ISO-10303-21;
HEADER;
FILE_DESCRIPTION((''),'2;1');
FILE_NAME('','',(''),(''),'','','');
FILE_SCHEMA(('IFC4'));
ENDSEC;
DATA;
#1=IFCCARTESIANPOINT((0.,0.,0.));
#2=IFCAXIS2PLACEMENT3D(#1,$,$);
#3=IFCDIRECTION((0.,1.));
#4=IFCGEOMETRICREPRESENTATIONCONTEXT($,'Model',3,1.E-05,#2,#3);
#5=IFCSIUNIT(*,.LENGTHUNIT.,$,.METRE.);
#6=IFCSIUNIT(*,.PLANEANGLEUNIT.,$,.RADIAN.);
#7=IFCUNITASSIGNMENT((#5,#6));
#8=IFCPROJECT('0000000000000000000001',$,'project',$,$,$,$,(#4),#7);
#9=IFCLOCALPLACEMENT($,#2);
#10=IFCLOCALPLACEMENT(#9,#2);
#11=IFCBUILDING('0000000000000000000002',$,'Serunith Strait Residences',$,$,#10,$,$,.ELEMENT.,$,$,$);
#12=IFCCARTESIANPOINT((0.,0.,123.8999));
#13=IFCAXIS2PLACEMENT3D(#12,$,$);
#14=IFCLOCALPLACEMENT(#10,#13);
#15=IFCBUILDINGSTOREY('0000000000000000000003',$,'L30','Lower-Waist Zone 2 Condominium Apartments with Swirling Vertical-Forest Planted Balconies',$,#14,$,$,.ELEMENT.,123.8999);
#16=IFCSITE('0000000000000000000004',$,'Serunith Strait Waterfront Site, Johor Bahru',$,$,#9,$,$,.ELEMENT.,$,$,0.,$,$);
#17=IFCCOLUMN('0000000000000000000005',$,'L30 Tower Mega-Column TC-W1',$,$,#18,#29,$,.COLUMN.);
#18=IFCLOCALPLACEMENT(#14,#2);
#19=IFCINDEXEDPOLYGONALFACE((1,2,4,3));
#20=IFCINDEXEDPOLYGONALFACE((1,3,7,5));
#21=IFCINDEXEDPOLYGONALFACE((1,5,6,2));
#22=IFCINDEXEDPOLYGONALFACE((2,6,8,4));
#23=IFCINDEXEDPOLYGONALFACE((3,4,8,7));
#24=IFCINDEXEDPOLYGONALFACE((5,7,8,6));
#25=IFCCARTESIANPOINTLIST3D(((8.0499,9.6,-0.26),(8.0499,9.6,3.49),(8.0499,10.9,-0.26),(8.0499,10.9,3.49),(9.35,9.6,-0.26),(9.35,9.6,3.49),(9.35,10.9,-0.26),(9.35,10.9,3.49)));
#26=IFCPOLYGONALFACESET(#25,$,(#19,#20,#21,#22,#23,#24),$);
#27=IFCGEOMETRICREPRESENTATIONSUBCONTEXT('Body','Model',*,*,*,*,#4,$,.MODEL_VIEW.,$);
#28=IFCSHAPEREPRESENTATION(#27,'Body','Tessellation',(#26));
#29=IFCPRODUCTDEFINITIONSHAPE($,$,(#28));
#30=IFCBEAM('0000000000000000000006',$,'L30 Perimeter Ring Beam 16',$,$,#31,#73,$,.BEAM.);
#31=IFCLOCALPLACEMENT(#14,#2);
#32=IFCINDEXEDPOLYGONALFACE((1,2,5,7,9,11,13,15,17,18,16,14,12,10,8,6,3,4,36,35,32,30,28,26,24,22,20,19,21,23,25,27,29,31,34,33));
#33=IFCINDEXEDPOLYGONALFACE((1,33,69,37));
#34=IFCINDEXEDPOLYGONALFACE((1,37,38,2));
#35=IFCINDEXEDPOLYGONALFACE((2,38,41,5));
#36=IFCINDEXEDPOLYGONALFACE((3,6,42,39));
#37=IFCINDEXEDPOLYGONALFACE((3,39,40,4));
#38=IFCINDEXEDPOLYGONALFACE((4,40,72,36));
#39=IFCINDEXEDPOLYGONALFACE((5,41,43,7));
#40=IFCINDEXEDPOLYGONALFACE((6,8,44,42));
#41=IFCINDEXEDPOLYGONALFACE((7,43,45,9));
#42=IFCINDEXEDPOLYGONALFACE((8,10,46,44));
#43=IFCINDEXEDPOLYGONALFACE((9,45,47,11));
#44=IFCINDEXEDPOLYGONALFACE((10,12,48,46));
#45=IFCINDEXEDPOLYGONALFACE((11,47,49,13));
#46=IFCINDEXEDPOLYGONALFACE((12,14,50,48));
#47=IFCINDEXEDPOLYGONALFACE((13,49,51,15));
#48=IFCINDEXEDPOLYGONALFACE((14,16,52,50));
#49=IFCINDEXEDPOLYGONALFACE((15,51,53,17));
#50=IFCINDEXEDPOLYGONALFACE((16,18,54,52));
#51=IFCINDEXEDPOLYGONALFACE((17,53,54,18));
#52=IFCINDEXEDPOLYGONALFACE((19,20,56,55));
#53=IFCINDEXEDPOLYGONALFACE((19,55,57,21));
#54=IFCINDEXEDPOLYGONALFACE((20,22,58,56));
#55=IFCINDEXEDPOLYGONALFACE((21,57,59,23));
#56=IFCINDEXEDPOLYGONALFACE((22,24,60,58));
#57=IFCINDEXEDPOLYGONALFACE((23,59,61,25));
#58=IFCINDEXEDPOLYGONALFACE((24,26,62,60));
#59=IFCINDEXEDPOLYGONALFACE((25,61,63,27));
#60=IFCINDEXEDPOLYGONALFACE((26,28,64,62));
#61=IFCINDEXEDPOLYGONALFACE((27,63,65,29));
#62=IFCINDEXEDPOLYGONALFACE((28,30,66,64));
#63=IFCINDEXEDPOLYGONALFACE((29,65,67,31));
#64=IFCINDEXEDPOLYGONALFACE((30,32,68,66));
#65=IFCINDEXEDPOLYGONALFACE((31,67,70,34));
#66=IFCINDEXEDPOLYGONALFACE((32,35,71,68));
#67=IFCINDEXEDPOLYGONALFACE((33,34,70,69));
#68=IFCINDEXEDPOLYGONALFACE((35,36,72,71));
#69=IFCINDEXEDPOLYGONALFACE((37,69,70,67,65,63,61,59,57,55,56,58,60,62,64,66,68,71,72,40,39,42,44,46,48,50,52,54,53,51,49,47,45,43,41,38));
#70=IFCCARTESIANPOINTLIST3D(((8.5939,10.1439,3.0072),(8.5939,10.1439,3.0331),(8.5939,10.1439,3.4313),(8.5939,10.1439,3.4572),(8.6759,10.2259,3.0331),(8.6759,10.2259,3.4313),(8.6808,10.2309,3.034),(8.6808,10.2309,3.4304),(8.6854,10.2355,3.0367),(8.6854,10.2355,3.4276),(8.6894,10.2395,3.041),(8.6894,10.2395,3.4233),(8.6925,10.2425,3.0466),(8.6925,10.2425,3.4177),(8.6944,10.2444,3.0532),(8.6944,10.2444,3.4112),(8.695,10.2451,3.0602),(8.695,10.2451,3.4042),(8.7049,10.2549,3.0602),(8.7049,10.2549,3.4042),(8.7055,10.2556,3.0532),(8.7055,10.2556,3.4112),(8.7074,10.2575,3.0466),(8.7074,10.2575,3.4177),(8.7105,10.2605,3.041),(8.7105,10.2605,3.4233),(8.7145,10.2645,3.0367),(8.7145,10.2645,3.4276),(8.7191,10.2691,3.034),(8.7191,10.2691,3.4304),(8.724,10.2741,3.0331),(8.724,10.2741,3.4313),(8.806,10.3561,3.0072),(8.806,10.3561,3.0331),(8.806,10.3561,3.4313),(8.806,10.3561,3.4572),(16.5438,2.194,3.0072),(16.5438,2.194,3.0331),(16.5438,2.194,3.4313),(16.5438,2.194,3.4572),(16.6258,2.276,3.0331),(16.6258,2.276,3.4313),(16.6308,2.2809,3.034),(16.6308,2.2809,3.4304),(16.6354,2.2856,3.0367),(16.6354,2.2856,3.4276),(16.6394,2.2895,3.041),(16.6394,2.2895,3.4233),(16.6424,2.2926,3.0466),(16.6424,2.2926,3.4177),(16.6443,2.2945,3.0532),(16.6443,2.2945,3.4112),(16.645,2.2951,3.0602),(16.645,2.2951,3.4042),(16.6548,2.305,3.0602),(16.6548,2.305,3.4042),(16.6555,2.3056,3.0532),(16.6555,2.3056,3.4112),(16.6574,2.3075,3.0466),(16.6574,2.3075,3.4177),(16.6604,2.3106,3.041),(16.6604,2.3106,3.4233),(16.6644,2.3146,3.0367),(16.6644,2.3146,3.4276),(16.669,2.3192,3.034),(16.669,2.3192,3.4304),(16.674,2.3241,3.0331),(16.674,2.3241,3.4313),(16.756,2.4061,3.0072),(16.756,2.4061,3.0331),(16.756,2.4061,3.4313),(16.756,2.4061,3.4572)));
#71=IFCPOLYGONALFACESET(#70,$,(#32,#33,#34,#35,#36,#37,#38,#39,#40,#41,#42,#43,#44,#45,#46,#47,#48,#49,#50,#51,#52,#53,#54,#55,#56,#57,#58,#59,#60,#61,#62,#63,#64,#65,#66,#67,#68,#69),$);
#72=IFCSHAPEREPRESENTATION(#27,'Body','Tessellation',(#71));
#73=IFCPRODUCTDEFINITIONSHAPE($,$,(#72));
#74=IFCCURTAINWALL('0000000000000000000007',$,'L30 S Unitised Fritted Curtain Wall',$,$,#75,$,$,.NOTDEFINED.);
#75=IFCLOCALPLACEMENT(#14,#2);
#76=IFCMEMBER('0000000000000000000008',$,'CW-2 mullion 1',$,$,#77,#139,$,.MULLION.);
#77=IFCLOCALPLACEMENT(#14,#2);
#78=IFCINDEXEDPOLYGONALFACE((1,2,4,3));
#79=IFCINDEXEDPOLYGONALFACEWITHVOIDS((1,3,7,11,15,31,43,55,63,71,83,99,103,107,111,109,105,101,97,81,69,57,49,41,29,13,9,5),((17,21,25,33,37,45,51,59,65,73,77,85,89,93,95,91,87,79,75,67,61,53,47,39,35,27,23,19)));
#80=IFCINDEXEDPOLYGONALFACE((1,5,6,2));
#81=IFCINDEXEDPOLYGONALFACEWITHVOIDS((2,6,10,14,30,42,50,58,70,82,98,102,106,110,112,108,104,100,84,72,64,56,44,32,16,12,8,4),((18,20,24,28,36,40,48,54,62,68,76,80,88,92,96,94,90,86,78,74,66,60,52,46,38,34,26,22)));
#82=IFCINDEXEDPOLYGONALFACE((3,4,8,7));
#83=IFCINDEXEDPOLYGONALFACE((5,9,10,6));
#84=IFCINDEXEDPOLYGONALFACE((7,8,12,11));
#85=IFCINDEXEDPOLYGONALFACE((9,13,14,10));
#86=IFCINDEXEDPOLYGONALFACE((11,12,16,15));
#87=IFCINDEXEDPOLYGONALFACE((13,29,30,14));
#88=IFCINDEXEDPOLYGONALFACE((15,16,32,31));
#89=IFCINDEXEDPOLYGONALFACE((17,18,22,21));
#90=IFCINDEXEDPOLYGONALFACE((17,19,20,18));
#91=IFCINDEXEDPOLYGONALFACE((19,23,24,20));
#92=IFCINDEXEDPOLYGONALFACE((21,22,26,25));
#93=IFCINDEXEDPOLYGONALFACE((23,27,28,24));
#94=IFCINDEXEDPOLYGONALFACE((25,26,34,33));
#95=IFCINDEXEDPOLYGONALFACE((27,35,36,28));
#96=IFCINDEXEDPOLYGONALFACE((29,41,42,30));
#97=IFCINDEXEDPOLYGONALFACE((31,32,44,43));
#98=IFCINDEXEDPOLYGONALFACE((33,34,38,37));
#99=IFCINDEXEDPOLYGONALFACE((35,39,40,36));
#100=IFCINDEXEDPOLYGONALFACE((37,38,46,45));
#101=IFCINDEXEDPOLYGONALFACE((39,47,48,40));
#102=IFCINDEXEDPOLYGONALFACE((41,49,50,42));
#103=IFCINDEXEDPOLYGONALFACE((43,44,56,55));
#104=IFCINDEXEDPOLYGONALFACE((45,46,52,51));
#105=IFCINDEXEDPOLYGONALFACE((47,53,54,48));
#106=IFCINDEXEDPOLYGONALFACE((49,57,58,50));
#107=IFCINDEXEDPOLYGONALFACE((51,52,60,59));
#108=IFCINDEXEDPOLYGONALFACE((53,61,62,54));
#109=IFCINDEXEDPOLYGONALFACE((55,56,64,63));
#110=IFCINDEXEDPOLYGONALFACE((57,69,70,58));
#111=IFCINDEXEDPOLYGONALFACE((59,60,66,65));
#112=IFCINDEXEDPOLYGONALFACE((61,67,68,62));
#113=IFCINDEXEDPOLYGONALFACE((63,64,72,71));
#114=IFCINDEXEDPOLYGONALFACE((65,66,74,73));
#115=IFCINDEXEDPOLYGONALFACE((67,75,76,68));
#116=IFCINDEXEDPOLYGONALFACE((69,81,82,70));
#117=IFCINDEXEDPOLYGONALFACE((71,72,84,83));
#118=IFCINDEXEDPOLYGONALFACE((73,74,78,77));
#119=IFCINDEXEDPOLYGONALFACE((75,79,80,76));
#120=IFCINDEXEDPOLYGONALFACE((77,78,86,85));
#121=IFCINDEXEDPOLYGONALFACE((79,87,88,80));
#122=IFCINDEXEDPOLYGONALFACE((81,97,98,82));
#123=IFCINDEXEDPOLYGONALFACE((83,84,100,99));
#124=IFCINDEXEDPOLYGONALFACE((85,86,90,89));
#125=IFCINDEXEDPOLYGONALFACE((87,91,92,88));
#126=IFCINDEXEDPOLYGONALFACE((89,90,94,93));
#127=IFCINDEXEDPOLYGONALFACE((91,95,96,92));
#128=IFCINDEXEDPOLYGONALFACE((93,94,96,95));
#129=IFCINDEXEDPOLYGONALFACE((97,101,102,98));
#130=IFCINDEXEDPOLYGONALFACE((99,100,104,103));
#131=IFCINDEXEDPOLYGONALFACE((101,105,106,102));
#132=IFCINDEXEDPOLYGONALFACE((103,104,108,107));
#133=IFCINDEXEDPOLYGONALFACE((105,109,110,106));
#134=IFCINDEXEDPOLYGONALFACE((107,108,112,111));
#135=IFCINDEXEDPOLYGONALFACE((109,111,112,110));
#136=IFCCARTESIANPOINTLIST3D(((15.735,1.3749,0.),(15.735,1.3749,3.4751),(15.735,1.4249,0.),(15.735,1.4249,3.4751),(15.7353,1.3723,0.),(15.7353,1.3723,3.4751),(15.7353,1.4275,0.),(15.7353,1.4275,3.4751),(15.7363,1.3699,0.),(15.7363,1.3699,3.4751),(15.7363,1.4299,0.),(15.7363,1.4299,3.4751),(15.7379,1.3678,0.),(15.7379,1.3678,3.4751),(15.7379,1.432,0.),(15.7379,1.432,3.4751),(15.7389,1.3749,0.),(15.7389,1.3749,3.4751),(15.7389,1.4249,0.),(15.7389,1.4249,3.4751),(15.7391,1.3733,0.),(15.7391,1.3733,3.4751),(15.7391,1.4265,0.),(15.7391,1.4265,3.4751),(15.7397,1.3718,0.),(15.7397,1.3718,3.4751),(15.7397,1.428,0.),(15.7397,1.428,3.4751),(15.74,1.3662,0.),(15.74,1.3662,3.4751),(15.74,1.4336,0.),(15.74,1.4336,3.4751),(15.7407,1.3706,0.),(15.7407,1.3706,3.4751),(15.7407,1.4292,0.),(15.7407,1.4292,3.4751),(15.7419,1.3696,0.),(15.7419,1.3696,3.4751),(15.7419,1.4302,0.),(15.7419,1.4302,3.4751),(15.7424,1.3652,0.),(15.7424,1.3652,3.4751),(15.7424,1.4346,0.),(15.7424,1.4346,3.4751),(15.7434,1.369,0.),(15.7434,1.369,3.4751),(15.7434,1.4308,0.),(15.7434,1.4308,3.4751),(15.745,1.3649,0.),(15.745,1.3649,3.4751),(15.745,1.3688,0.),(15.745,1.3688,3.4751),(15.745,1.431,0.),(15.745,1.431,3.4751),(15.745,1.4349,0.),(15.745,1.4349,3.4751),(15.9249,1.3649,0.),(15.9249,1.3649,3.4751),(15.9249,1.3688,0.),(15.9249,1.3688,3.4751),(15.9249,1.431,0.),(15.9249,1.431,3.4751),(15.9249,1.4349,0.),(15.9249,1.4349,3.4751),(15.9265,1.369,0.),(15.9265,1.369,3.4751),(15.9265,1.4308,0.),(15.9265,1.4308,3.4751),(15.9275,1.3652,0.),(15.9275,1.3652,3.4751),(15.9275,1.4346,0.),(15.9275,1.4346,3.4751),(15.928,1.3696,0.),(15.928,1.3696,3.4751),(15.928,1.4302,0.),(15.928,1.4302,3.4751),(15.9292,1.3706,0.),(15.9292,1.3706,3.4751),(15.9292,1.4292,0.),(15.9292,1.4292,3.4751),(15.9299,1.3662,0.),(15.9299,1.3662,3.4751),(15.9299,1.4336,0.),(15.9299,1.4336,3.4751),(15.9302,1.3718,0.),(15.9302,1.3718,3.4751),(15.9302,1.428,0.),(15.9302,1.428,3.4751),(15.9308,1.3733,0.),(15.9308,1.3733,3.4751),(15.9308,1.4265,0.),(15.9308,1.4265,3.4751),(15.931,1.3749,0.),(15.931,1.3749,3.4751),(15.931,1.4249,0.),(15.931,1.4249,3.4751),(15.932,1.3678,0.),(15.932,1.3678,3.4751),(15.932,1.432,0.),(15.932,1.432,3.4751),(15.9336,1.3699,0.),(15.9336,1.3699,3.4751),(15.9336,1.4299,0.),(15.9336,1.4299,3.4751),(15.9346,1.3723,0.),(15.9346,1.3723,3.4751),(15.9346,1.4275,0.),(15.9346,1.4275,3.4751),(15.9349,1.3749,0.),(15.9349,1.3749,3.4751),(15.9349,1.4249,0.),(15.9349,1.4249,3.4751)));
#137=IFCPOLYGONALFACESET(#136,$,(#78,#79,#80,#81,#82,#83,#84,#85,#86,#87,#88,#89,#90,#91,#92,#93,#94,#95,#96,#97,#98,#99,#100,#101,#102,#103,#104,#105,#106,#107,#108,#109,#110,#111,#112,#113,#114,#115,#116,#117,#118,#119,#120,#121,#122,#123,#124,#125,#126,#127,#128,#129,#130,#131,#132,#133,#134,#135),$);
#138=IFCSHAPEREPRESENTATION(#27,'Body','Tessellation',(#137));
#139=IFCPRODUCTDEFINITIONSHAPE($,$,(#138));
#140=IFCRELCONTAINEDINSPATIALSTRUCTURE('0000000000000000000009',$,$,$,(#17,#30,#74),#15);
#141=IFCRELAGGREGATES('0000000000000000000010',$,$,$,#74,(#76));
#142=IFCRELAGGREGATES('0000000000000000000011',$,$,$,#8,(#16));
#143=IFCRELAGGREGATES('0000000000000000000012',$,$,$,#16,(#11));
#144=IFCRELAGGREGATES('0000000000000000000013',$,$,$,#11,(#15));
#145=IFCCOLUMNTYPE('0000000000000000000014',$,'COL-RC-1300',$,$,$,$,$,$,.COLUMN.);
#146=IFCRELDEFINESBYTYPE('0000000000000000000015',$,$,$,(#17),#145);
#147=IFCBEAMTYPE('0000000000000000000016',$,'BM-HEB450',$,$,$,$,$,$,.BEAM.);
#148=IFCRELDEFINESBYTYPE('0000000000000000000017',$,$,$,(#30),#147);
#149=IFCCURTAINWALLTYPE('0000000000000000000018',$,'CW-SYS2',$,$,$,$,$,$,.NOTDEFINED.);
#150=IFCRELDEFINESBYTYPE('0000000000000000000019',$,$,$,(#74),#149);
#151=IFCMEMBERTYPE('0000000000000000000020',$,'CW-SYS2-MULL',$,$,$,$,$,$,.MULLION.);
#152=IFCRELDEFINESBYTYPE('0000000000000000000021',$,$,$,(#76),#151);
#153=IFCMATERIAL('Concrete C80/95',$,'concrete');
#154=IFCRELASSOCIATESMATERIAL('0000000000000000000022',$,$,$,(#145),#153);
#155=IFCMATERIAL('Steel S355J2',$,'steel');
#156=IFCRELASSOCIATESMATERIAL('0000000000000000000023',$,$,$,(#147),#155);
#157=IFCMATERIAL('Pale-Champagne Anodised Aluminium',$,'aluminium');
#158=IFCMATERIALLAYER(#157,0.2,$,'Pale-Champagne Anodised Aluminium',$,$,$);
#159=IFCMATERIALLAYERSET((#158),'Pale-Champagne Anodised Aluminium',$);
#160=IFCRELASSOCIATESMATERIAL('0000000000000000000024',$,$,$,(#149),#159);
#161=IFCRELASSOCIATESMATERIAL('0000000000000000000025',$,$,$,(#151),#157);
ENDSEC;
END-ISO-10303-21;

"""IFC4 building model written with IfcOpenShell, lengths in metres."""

from ifc_helpers import new_model, si_unit, direction, frame, origin, origin_2d, place, context, subcontext, project, spatial, rectangle, hollow_rectangle, i_section, extrude, source, transform, mapped, material, layer, layer_set, material_profile, profile_set, type_object, element, aggregate, save


model = new_model("IFC4")

# Units and contexts
model_context = context("Model", 3, precision=1e-05, world=origin(), true_north=direction((0.0, 1.0)))
body_context = subcontext(model_context, "Body", "Model", "MODEL_VIEW")
ifc_project = project(units=[si_unit("LENGTHUNIT", "METRE"), si_unit("PLANEANGLEUNIT", "RADIAN")], contexts=[model_context])

# Site, building, storey
site_placement = place(None, origin())
site = spatial("IfcSite", under=ifc_project, at=site_placement, Name="Serunith Strait Waterfront Site, Johor Bahru", CompositionType="ELEMENT", RefElevation=0.0)
building_placement = place(site_placement, origin())
building = spatial("IfcBuilding", under=site, at=building_placement, Name="Serunith Strait Residences", CompositionType="ELEMENT")
storey_placement = place(building_placement, frame((0.0, 0.0, 123.8999)))
storey = spatial("IfcBuildingStorey", under=building, at=storey_placement, Name="L30", Description="Lower-Waist Zone 2 Condominium Apartments with Swirling Vertical-Forest Planted Balconies", CompositionType="ELEMENT", Elevation=123.8999)

# Column
ifc_material_1 = material(Name="Concrete C80/95", Category="concrete")
ifc_material_profile_1 = material_profile(ifc_material_1, rectangle(XDim=1.3, YDim=1.3, at=origin_2d()), Name="RC 1300x1300")
ifc_profile_set_1 = profile_set([ifc_material_profile_1], Name="Concrete C80/95")
column_type = type_object("IfcColumnType", Name="COL-RC-1300", PredefinedType="COLUMN", material=ifc_profile_set_1)
shared_shape_1 = source(origin(), body_context, "Body", "SweptSolid", [
    extrude(rectangle(XDim=1.3, YDim=1.3, at=origin_2d()), origin(), (0.0, 0.0, 1.0), 3.75),
])
column_placement = place(storey_placement, frame((8.7, 10.25, -0.26), z_axis=(0.0, 0.0, 1.0), x_axis=(1.0, 0.0, 0.0)))
element("IfcColumn", 1, at=column_placement, inside=storey, type_object=column_type, Name="L30 Tower Mega-Column TC-W1", PredefinedType="COLUMN", context=body_context, shape_type="MappedRepresentation", body=[
    mapped(shared_shape_1, transform((0.0, 0.0, 0.0), scale=1.0)),
])

# Beam
ifc_material_2 = material(Name="Steel S355J2", Category="steel")
ifc_material_profile_2 = material_profile(ifc_material_2, i_section(OverallWidth=0.3, OverallDepth=0.45, WebThickness=0.0139, FlangeThickness=0.0259, FilletRadius=0.0271, at=origin_2d()), Name="HEB 450")
ifc_profile_set_2 = profile_set([ifc_material_profile_2], Name="Steel S355J2")
beam_type = type_object("IfcBeamType", Name="BM-HEB450", PredefinedType="BEAM", material=ifc_profile_set_2)
shared_shape_2 = source(origin(), body_context, "Body", "SweptSolid", [
    extrude(i_section(OverallWidth=0.3, OverallDepth=0.45, WebThickness=0.0139, FlangeThickness=0.0259, FilletRadius=0.0271, at=origin_2d()), origin(), (0.0, 0.0, 1.0), 11.2429),
])
beam_placement = place(storey_placement, frame((8.7, 10.25, 3.2322), z_axis=(0.707107, -0.707107, 0.0), x_axis=(0.707107, 0.707107, 0.0)))
element("IfcBeam", 2, at=beam_placement, inside=storey, type_object=beam_type, Name="L30 Perimeter Ring Beam 16", PredefinedType="BEAM", context=body_context, shape_type="MappedRepresentation", body=[
    mapped(shared_shape_2, transform((0.0, 0.0, 0.0), scale=1.0)),
])

# Curtain wall, member
ifc_material_3 = material(Name="Pale-Champagne Anodised Aluminium", Category="aluminium")
ifc_layer_1 = layer(ifc_material_3, 0.2, Name="Pale-Champagne Anodised Aluminium")
ifc_layer_set_1 = layer_set([ifc_layer_1], Name="Pale-Champagne Anodised Aluminium")
curtain_wall_type = type_object("IfcCurtainWallType", Name="CW-SYS2", PredefinedType="NOTDEFINED", material=ifc_layer_set_1)
curtain_wall_1_placement = place(storey_placement, origin())
curtain_wall_1 = element("IfcCurtainWall", 3, at=curtain_wall_1_placement, inside=storey, type_object=curtain_wall_type, Name="L30 S Unitised Fritted Curtain Wall", PredefinedType="NOTDEFINED")
ifc_material_profile_3 = material_profile(ifc_material_3, hollow_rectangle(XDim=0.0701, YDim=0.2, WallThickness=0.0039, InnerFilletRadius=0.0061, OuterFilletRadius=0.01, at=origin_2d()), Name="ALU 200x70x4")
ifc_profile_set_3 = profile_set([ifc_material_profile_3], Name="Pale-Champagne Anodised Aluminium")
member_type_1 = type_object("IfcMemberType", Name="CW-SYS2-MULL", PredefinedType="MULLION", material=ifc_profile_set_3)
shared_shape_3 = source(origin(), body_context, "Body", "SweptSolid", [
    extrude(hollow_rectangle(XDim=0.0701, YDim=0.2, WallThickness=0.0039, InnerFilletRadius=0.0061, OuterFilletRadius=0.01, at=origin_2d()), origin(), (0.0, 0.0, 1.0), 3.4751),
])
member_1_placement = place(storey_placement, frame((15.835, 1.3999, 0.0), z_axis=(0.0, 0.0, 1.0), x_axis=(0.0, 1.0, 0.0)))
member_1 = element("IfcMember", 4, at=member_1_placement, type_object=member_type_1, Name="CW-2 mullion 1", PredefinedType="MULLION", context=body_context, shape_type="MappedRepresentation", body=[
    mapped(shared_shape_3, transform((0.0, 0.0, 0.0), scale=1.0)),
])

aggregate(curtain_wall_1, [member_1])

save(model, "model.ifc")
